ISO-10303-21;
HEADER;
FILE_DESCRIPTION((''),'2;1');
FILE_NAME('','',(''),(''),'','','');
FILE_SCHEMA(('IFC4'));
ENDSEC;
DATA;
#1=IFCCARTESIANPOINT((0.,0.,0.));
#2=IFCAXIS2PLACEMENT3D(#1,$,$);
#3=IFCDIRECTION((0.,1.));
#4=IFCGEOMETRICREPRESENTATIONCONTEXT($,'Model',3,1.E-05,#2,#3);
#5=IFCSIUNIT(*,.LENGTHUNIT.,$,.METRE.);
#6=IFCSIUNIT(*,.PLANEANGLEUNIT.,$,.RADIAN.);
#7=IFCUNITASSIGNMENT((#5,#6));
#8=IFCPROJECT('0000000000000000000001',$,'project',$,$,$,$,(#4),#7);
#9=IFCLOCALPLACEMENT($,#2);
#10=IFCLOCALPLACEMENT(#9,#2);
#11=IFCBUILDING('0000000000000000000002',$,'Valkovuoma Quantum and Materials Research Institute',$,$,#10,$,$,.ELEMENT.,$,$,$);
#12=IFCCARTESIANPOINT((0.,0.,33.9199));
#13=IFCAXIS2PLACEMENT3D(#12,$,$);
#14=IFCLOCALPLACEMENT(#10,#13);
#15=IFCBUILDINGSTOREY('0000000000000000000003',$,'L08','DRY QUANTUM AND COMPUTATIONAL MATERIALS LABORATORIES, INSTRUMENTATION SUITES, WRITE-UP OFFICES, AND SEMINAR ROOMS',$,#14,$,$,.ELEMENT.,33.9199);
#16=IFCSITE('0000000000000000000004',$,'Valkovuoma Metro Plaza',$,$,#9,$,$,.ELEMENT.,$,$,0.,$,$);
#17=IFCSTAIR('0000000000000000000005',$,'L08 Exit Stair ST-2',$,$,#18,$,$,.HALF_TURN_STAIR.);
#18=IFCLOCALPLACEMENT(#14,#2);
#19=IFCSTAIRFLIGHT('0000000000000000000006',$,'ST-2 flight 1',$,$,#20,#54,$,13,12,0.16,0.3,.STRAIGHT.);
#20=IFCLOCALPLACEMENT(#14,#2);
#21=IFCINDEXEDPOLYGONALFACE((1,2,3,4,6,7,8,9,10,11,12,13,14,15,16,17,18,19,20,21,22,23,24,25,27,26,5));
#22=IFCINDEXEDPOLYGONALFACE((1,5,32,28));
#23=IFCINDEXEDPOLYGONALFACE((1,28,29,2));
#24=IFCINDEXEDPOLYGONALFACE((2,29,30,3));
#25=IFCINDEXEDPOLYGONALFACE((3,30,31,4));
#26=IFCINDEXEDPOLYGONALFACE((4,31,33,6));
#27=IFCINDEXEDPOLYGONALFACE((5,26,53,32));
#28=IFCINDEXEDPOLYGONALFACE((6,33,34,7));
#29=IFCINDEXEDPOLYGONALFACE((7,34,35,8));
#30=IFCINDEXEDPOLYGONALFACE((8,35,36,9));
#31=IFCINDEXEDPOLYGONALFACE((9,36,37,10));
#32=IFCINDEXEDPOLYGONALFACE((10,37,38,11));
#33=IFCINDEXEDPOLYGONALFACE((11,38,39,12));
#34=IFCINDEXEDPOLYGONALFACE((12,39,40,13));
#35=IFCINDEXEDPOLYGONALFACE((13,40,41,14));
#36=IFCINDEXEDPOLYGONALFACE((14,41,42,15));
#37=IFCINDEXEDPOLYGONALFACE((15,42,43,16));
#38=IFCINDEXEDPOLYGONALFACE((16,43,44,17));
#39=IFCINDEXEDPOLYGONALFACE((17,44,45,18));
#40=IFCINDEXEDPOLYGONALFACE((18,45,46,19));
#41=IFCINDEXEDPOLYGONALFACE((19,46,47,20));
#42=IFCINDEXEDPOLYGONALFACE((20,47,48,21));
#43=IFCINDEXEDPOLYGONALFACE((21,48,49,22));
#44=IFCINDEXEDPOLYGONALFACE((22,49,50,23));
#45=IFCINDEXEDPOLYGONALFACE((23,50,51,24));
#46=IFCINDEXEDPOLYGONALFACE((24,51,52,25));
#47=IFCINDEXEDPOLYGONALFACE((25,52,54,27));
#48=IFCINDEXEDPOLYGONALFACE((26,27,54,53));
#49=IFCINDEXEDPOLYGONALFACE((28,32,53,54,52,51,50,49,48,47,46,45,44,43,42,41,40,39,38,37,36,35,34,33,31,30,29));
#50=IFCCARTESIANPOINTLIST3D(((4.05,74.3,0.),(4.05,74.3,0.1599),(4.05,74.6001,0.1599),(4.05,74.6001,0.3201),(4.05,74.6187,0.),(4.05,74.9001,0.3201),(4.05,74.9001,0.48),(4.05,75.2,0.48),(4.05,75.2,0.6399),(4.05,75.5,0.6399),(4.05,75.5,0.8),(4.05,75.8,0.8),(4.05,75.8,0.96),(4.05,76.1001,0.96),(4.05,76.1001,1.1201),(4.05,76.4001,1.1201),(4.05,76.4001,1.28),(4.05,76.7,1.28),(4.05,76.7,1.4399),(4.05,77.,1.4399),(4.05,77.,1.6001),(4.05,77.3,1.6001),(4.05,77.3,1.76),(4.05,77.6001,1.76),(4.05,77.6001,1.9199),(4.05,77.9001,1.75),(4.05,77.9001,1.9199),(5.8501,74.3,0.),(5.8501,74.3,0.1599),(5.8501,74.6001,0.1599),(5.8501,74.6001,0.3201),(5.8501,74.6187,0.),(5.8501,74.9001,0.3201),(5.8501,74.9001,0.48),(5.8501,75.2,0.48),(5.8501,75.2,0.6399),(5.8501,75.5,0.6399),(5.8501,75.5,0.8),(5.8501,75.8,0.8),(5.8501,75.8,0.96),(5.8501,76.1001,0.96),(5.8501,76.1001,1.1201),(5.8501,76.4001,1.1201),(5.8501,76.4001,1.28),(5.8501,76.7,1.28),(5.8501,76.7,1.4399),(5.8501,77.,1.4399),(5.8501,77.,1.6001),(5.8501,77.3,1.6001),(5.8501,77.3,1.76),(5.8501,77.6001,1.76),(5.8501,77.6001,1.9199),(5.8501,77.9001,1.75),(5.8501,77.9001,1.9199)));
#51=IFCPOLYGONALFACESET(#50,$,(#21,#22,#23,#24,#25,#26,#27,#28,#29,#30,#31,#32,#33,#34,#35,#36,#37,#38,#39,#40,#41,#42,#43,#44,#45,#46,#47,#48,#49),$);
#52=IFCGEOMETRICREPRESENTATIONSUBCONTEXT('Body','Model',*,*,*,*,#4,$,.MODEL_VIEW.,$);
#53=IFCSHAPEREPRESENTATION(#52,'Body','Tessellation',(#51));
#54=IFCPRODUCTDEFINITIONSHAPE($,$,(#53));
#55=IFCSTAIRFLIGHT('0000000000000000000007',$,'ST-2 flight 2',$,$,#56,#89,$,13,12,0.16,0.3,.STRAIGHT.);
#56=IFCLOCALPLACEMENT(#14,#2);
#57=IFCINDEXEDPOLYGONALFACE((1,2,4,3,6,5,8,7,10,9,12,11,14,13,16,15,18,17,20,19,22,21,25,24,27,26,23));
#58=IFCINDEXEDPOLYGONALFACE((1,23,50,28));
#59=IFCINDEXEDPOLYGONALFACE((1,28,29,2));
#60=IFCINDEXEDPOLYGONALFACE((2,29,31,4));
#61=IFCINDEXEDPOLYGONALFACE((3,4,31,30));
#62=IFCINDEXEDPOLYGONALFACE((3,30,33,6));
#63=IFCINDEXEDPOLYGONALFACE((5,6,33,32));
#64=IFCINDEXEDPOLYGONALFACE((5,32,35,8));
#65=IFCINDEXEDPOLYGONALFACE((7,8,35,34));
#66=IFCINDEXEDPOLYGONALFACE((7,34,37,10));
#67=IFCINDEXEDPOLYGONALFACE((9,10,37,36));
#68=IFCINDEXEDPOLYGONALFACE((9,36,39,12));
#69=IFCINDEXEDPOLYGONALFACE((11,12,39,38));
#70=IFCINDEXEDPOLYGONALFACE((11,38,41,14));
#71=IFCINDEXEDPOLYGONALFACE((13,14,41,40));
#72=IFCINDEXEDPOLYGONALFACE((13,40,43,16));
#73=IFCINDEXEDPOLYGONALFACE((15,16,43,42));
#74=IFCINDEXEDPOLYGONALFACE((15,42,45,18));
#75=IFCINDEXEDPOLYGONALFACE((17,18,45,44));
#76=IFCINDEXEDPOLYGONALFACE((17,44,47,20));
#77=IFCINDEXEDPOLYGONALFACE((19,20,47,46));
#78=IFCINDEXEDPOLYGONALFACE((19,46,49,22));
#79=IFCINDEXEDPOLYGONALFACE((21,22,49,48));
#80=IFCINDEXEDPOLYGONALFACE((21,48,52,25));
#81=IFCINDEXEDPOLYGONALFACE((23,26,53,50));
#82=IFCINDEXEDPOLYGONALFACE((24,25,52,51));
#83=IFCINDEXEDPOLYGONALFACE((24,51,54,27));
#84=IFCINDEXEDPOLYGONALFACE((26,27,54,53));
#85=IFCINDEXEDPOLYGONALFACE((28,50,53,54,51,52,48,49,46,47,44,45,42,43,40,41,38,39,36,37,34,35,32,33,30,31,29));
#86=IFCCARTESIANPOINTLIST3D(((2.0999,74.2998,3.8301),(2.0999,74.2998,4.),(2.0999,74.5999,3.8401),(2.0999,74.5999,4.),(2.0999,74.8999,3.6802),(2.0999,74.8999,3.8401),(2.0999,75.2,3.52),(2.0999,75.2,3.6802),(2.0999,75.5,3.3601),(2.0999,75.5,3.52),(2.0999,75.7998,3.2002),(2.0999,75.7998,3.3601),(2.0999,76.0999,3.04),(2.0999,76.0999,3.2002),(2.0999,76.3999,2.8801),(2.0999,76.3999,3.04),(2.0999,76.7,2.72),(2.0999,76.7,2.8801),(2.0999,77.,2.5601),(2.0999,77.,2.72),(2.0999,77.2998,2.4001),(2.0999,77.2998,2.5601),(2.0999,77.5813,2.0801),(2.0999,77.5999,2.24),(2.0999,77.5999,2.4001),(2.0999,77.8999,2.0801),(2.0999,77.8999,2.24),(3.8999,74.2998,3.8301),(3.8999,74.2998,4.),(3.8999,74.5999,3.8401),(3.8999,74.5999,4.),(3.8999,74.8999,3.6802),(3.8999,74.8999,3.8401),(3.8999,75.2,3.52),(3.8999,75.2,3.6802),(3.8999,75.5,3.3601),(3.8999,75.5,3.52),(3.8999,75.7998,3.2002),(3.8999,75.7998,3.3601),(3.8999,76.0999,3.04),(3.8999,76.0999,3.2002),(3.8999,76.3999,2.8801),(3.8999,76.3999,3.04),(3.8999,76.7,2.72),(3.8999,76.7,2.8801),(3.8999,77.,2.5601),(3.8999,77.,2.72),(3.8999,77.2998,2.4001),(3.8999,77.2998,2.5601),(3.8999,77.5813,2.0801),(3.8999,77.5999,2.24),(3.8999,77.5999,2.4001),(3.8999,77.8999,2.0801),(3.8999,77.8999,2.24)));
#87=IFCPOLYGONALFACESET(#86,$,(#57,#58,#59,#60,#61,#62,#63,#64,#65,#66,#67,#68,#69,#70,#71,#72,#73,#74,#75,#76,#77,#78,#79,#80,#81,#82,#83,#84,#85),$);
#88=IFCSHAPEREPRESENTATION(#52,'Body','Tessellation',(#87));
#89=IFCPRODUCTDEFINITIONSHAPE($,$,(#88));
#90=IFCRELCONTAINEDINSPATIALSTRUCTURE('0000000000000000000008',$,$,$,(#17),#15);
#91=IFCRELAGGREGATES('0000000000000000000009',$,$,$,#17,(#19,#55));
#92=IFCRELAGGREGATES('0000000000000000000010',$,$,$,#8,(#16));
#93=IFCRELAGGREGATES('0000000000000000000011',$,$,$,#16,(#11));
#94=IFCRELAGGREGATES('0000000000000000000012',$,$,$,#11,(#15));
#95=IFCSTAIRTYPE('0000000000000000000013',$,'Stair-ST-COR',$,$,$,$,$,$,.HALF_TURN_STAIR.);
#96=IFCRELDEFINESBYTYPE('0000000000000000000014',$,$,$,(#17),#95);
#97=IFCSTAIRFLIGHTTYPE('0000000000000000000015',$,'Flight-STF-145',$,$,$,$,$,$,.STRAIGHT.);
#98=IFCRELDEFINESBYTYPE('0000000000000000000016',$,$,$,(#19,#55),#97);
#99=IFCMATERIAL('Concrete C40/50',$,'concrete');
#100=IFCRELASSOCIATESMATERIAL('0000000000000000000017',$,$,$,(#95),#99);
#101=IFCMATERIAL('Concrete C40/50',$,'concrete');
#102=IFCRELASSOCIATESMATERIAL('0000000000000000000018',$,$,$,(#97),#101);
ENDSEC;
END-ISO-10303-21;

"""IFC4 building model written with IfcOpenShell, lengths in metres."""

from ifc_helpers import new_model, si_unit, direction, frame, origin, place, context, subcontext, project, spatial, polyline, outline, extrude, material, type_object, element, aggregate, save


model = new_model("IFC4")

# Units and contexts
model_context = context("Model", 3, precision=1e-05, world=origin(), true_north=direction((0.0, 1.0)))
body_context = subcontext(model_context, "Body", "Model", "MODEL_VIEW")
ifc_project = project(units=[si_unit("LENGTHUNIT", "METRE"), si_unit("PLANEANGLEUNIT", "RADIAN")], contexts=[model_context])

# Site, building, storey
site_placement = place(None, origin())
site = spatial("IfcSite", under=ifc_project, at=site_placement, Name="Valkovuoma Metro Plaza", CompositionType="ELEMENT", RefElevation=0.0)
building_placement = place(site_placement, origin())
building = spatial("IfcBuilding", under=site, at=building_placement, Name="Valkovuoma Quantum and Materials Research Institute", CompositionType="ELEMENT")
storey_placement = place(building_placement, frame((0.0, 0.0, 33.9199)))
storey = spatial("IfcBuildingStorey", under=building, at=storey_placement, Name="L08", Description="DRY QUANTUM AND COMPUTATIONAL MATERIALS LABORATORIES, INSTRUMENTATION SUITES, WRITE-UP OFFICES, AND SEMINAR ROOMS", CompositionType="ELEMENT", Elevation=33.9199)

# Stair, stair flights
ifc_material_1 = material(Name="Concrete C40/50", Category="concrete")
stair_type = type_object("IfcStairType", Name="Stair-ST-COR", PredefinedType="HALF_TURN_STAIR", material=ifc_material_1)
stair_placement = place(storey_placement, origin())
stair = element("IfcStair", 1, at=stair_placement, inside=storey, type_object=stair_type, Name="L08 Exit Stair ST-2", PredefinedType="HALF_TURN_STAIR")
ifc_material_2 = material(Name="Concrete C40/50", Category="concrete")
stair_flight_type = type_object("IfcStairFlightType", Name="Flight-STF-145", PredefinedType="STRAIGHT", material=ifc_material_2)
stair_flight_1_placement = place(storey_placement, frame((4.95, 74.3, 0.0), z_axis=(0.0, 0.0, 1.0), x_axis=(0.0, 1.0, 0.0)))
stair_flight_1 = element("IfcStairFlight", 2, at=stair_flight_1_placement, type_object=stair_flight_type, Name="ST-2 flight 1", NumberOfRisers=13, NumberOfTreads=12, PredefinedType="STRAIGHT", RiserHeight=0.16, TreadLength=0.3, context=body_context, shape_type="SweptSolid", body=[
    extrude(outline(polyline([(0.0, 0.0), (0.0, 0.1599), (0.3, 0.1599), (0.3, 0.3201), (0.6001, 0.3201), (0.6001, 0.48), (0.8999, 0.48), (0.8999, 0.6399), (1.2, 0.6399), (1.2, 0.8), (1.5, 0.8), (1.5, 0.96), (1.8, 0.96), (1.8, 1.1201), (2.1001, 1.1201), (2.1001, 1.28), (2.3999, 1.28), (2.3999, 1.4399), (2.7, 1.4399), (2.7, 1.6001), (3.0, 1.6001), (3.0, 1.76), (3.3, 1.76), (3.3, 1.9199), (3.6001, 1.9199), (3.6001, 2.0801), (3.6001, 1.75), (0.3186, 0.0), (0.0, 0.0)])), frame((0.0, 0.8999, 0.0), z_axis=(0.0, -1.0, 0.0), x_axis=(1.0, 0.0, 0.0)), (0.0, 0.0, 1.0), 1.8),
])
stair_flight_2_placement = place(storey_placement, frame((3.0, 77.8999, 2.0801), z_axis=(0.0, 0.0, 1.0), x_axis=(0.0, -1.0, 0.0)))
stair_flight_2 = element("IfcStairFlight", 3, at=stair_flight_2_placement, type_object=stair_flight_type, Name="ST-2 flight 2", NumberOfRisers=13, NumberOfTreads=12, PredefinedType="STRAIGHT", RiserHeight=0.16, TreadLength=0.3, context=body_context, shape_type="SweptSolid", body=[
    extrude(outline(polyline([(0.0, 0.0), (0.0, 0.1599), (0.3, 0.1599), (0.3, 0.3201), (0.6001, 0.3201), (0.6001, 0.48), (0.8999, 0.48), (0.8999, 0.6399), (1.2, 0.6399), (1.2, 0.8), (1.5, 0.8), (1.5, 0.96), (1.8, 0.96), (1.8, 1.1201), (2.1001, 1.1201), (2.1001, 1.28), (2.3999, 1.28), (2.3999, 1.4399), (2.7, 1.4399), (2.7, 1.6001), (3.0, 1.6001), (3.0, 1.76), (3.3, 1.76), (3.3, 1.9199), (3.6001, 1.9199), (3.6001, 2.0801), (3.6001, 1.75), (0.3186, 0.0), (0.0, 0.0)])), frame((0.0, 0.8999, 0.0), z_axis=(0.0, -1.0, 0.0), x_axis=(1.0, 0.0, 0.0)), (0.0, 0.0, 1.0), 1.8),
])
aggregate(stair, [stair_flight_1, stair_flight_2])

save(model, "model.ifc")
